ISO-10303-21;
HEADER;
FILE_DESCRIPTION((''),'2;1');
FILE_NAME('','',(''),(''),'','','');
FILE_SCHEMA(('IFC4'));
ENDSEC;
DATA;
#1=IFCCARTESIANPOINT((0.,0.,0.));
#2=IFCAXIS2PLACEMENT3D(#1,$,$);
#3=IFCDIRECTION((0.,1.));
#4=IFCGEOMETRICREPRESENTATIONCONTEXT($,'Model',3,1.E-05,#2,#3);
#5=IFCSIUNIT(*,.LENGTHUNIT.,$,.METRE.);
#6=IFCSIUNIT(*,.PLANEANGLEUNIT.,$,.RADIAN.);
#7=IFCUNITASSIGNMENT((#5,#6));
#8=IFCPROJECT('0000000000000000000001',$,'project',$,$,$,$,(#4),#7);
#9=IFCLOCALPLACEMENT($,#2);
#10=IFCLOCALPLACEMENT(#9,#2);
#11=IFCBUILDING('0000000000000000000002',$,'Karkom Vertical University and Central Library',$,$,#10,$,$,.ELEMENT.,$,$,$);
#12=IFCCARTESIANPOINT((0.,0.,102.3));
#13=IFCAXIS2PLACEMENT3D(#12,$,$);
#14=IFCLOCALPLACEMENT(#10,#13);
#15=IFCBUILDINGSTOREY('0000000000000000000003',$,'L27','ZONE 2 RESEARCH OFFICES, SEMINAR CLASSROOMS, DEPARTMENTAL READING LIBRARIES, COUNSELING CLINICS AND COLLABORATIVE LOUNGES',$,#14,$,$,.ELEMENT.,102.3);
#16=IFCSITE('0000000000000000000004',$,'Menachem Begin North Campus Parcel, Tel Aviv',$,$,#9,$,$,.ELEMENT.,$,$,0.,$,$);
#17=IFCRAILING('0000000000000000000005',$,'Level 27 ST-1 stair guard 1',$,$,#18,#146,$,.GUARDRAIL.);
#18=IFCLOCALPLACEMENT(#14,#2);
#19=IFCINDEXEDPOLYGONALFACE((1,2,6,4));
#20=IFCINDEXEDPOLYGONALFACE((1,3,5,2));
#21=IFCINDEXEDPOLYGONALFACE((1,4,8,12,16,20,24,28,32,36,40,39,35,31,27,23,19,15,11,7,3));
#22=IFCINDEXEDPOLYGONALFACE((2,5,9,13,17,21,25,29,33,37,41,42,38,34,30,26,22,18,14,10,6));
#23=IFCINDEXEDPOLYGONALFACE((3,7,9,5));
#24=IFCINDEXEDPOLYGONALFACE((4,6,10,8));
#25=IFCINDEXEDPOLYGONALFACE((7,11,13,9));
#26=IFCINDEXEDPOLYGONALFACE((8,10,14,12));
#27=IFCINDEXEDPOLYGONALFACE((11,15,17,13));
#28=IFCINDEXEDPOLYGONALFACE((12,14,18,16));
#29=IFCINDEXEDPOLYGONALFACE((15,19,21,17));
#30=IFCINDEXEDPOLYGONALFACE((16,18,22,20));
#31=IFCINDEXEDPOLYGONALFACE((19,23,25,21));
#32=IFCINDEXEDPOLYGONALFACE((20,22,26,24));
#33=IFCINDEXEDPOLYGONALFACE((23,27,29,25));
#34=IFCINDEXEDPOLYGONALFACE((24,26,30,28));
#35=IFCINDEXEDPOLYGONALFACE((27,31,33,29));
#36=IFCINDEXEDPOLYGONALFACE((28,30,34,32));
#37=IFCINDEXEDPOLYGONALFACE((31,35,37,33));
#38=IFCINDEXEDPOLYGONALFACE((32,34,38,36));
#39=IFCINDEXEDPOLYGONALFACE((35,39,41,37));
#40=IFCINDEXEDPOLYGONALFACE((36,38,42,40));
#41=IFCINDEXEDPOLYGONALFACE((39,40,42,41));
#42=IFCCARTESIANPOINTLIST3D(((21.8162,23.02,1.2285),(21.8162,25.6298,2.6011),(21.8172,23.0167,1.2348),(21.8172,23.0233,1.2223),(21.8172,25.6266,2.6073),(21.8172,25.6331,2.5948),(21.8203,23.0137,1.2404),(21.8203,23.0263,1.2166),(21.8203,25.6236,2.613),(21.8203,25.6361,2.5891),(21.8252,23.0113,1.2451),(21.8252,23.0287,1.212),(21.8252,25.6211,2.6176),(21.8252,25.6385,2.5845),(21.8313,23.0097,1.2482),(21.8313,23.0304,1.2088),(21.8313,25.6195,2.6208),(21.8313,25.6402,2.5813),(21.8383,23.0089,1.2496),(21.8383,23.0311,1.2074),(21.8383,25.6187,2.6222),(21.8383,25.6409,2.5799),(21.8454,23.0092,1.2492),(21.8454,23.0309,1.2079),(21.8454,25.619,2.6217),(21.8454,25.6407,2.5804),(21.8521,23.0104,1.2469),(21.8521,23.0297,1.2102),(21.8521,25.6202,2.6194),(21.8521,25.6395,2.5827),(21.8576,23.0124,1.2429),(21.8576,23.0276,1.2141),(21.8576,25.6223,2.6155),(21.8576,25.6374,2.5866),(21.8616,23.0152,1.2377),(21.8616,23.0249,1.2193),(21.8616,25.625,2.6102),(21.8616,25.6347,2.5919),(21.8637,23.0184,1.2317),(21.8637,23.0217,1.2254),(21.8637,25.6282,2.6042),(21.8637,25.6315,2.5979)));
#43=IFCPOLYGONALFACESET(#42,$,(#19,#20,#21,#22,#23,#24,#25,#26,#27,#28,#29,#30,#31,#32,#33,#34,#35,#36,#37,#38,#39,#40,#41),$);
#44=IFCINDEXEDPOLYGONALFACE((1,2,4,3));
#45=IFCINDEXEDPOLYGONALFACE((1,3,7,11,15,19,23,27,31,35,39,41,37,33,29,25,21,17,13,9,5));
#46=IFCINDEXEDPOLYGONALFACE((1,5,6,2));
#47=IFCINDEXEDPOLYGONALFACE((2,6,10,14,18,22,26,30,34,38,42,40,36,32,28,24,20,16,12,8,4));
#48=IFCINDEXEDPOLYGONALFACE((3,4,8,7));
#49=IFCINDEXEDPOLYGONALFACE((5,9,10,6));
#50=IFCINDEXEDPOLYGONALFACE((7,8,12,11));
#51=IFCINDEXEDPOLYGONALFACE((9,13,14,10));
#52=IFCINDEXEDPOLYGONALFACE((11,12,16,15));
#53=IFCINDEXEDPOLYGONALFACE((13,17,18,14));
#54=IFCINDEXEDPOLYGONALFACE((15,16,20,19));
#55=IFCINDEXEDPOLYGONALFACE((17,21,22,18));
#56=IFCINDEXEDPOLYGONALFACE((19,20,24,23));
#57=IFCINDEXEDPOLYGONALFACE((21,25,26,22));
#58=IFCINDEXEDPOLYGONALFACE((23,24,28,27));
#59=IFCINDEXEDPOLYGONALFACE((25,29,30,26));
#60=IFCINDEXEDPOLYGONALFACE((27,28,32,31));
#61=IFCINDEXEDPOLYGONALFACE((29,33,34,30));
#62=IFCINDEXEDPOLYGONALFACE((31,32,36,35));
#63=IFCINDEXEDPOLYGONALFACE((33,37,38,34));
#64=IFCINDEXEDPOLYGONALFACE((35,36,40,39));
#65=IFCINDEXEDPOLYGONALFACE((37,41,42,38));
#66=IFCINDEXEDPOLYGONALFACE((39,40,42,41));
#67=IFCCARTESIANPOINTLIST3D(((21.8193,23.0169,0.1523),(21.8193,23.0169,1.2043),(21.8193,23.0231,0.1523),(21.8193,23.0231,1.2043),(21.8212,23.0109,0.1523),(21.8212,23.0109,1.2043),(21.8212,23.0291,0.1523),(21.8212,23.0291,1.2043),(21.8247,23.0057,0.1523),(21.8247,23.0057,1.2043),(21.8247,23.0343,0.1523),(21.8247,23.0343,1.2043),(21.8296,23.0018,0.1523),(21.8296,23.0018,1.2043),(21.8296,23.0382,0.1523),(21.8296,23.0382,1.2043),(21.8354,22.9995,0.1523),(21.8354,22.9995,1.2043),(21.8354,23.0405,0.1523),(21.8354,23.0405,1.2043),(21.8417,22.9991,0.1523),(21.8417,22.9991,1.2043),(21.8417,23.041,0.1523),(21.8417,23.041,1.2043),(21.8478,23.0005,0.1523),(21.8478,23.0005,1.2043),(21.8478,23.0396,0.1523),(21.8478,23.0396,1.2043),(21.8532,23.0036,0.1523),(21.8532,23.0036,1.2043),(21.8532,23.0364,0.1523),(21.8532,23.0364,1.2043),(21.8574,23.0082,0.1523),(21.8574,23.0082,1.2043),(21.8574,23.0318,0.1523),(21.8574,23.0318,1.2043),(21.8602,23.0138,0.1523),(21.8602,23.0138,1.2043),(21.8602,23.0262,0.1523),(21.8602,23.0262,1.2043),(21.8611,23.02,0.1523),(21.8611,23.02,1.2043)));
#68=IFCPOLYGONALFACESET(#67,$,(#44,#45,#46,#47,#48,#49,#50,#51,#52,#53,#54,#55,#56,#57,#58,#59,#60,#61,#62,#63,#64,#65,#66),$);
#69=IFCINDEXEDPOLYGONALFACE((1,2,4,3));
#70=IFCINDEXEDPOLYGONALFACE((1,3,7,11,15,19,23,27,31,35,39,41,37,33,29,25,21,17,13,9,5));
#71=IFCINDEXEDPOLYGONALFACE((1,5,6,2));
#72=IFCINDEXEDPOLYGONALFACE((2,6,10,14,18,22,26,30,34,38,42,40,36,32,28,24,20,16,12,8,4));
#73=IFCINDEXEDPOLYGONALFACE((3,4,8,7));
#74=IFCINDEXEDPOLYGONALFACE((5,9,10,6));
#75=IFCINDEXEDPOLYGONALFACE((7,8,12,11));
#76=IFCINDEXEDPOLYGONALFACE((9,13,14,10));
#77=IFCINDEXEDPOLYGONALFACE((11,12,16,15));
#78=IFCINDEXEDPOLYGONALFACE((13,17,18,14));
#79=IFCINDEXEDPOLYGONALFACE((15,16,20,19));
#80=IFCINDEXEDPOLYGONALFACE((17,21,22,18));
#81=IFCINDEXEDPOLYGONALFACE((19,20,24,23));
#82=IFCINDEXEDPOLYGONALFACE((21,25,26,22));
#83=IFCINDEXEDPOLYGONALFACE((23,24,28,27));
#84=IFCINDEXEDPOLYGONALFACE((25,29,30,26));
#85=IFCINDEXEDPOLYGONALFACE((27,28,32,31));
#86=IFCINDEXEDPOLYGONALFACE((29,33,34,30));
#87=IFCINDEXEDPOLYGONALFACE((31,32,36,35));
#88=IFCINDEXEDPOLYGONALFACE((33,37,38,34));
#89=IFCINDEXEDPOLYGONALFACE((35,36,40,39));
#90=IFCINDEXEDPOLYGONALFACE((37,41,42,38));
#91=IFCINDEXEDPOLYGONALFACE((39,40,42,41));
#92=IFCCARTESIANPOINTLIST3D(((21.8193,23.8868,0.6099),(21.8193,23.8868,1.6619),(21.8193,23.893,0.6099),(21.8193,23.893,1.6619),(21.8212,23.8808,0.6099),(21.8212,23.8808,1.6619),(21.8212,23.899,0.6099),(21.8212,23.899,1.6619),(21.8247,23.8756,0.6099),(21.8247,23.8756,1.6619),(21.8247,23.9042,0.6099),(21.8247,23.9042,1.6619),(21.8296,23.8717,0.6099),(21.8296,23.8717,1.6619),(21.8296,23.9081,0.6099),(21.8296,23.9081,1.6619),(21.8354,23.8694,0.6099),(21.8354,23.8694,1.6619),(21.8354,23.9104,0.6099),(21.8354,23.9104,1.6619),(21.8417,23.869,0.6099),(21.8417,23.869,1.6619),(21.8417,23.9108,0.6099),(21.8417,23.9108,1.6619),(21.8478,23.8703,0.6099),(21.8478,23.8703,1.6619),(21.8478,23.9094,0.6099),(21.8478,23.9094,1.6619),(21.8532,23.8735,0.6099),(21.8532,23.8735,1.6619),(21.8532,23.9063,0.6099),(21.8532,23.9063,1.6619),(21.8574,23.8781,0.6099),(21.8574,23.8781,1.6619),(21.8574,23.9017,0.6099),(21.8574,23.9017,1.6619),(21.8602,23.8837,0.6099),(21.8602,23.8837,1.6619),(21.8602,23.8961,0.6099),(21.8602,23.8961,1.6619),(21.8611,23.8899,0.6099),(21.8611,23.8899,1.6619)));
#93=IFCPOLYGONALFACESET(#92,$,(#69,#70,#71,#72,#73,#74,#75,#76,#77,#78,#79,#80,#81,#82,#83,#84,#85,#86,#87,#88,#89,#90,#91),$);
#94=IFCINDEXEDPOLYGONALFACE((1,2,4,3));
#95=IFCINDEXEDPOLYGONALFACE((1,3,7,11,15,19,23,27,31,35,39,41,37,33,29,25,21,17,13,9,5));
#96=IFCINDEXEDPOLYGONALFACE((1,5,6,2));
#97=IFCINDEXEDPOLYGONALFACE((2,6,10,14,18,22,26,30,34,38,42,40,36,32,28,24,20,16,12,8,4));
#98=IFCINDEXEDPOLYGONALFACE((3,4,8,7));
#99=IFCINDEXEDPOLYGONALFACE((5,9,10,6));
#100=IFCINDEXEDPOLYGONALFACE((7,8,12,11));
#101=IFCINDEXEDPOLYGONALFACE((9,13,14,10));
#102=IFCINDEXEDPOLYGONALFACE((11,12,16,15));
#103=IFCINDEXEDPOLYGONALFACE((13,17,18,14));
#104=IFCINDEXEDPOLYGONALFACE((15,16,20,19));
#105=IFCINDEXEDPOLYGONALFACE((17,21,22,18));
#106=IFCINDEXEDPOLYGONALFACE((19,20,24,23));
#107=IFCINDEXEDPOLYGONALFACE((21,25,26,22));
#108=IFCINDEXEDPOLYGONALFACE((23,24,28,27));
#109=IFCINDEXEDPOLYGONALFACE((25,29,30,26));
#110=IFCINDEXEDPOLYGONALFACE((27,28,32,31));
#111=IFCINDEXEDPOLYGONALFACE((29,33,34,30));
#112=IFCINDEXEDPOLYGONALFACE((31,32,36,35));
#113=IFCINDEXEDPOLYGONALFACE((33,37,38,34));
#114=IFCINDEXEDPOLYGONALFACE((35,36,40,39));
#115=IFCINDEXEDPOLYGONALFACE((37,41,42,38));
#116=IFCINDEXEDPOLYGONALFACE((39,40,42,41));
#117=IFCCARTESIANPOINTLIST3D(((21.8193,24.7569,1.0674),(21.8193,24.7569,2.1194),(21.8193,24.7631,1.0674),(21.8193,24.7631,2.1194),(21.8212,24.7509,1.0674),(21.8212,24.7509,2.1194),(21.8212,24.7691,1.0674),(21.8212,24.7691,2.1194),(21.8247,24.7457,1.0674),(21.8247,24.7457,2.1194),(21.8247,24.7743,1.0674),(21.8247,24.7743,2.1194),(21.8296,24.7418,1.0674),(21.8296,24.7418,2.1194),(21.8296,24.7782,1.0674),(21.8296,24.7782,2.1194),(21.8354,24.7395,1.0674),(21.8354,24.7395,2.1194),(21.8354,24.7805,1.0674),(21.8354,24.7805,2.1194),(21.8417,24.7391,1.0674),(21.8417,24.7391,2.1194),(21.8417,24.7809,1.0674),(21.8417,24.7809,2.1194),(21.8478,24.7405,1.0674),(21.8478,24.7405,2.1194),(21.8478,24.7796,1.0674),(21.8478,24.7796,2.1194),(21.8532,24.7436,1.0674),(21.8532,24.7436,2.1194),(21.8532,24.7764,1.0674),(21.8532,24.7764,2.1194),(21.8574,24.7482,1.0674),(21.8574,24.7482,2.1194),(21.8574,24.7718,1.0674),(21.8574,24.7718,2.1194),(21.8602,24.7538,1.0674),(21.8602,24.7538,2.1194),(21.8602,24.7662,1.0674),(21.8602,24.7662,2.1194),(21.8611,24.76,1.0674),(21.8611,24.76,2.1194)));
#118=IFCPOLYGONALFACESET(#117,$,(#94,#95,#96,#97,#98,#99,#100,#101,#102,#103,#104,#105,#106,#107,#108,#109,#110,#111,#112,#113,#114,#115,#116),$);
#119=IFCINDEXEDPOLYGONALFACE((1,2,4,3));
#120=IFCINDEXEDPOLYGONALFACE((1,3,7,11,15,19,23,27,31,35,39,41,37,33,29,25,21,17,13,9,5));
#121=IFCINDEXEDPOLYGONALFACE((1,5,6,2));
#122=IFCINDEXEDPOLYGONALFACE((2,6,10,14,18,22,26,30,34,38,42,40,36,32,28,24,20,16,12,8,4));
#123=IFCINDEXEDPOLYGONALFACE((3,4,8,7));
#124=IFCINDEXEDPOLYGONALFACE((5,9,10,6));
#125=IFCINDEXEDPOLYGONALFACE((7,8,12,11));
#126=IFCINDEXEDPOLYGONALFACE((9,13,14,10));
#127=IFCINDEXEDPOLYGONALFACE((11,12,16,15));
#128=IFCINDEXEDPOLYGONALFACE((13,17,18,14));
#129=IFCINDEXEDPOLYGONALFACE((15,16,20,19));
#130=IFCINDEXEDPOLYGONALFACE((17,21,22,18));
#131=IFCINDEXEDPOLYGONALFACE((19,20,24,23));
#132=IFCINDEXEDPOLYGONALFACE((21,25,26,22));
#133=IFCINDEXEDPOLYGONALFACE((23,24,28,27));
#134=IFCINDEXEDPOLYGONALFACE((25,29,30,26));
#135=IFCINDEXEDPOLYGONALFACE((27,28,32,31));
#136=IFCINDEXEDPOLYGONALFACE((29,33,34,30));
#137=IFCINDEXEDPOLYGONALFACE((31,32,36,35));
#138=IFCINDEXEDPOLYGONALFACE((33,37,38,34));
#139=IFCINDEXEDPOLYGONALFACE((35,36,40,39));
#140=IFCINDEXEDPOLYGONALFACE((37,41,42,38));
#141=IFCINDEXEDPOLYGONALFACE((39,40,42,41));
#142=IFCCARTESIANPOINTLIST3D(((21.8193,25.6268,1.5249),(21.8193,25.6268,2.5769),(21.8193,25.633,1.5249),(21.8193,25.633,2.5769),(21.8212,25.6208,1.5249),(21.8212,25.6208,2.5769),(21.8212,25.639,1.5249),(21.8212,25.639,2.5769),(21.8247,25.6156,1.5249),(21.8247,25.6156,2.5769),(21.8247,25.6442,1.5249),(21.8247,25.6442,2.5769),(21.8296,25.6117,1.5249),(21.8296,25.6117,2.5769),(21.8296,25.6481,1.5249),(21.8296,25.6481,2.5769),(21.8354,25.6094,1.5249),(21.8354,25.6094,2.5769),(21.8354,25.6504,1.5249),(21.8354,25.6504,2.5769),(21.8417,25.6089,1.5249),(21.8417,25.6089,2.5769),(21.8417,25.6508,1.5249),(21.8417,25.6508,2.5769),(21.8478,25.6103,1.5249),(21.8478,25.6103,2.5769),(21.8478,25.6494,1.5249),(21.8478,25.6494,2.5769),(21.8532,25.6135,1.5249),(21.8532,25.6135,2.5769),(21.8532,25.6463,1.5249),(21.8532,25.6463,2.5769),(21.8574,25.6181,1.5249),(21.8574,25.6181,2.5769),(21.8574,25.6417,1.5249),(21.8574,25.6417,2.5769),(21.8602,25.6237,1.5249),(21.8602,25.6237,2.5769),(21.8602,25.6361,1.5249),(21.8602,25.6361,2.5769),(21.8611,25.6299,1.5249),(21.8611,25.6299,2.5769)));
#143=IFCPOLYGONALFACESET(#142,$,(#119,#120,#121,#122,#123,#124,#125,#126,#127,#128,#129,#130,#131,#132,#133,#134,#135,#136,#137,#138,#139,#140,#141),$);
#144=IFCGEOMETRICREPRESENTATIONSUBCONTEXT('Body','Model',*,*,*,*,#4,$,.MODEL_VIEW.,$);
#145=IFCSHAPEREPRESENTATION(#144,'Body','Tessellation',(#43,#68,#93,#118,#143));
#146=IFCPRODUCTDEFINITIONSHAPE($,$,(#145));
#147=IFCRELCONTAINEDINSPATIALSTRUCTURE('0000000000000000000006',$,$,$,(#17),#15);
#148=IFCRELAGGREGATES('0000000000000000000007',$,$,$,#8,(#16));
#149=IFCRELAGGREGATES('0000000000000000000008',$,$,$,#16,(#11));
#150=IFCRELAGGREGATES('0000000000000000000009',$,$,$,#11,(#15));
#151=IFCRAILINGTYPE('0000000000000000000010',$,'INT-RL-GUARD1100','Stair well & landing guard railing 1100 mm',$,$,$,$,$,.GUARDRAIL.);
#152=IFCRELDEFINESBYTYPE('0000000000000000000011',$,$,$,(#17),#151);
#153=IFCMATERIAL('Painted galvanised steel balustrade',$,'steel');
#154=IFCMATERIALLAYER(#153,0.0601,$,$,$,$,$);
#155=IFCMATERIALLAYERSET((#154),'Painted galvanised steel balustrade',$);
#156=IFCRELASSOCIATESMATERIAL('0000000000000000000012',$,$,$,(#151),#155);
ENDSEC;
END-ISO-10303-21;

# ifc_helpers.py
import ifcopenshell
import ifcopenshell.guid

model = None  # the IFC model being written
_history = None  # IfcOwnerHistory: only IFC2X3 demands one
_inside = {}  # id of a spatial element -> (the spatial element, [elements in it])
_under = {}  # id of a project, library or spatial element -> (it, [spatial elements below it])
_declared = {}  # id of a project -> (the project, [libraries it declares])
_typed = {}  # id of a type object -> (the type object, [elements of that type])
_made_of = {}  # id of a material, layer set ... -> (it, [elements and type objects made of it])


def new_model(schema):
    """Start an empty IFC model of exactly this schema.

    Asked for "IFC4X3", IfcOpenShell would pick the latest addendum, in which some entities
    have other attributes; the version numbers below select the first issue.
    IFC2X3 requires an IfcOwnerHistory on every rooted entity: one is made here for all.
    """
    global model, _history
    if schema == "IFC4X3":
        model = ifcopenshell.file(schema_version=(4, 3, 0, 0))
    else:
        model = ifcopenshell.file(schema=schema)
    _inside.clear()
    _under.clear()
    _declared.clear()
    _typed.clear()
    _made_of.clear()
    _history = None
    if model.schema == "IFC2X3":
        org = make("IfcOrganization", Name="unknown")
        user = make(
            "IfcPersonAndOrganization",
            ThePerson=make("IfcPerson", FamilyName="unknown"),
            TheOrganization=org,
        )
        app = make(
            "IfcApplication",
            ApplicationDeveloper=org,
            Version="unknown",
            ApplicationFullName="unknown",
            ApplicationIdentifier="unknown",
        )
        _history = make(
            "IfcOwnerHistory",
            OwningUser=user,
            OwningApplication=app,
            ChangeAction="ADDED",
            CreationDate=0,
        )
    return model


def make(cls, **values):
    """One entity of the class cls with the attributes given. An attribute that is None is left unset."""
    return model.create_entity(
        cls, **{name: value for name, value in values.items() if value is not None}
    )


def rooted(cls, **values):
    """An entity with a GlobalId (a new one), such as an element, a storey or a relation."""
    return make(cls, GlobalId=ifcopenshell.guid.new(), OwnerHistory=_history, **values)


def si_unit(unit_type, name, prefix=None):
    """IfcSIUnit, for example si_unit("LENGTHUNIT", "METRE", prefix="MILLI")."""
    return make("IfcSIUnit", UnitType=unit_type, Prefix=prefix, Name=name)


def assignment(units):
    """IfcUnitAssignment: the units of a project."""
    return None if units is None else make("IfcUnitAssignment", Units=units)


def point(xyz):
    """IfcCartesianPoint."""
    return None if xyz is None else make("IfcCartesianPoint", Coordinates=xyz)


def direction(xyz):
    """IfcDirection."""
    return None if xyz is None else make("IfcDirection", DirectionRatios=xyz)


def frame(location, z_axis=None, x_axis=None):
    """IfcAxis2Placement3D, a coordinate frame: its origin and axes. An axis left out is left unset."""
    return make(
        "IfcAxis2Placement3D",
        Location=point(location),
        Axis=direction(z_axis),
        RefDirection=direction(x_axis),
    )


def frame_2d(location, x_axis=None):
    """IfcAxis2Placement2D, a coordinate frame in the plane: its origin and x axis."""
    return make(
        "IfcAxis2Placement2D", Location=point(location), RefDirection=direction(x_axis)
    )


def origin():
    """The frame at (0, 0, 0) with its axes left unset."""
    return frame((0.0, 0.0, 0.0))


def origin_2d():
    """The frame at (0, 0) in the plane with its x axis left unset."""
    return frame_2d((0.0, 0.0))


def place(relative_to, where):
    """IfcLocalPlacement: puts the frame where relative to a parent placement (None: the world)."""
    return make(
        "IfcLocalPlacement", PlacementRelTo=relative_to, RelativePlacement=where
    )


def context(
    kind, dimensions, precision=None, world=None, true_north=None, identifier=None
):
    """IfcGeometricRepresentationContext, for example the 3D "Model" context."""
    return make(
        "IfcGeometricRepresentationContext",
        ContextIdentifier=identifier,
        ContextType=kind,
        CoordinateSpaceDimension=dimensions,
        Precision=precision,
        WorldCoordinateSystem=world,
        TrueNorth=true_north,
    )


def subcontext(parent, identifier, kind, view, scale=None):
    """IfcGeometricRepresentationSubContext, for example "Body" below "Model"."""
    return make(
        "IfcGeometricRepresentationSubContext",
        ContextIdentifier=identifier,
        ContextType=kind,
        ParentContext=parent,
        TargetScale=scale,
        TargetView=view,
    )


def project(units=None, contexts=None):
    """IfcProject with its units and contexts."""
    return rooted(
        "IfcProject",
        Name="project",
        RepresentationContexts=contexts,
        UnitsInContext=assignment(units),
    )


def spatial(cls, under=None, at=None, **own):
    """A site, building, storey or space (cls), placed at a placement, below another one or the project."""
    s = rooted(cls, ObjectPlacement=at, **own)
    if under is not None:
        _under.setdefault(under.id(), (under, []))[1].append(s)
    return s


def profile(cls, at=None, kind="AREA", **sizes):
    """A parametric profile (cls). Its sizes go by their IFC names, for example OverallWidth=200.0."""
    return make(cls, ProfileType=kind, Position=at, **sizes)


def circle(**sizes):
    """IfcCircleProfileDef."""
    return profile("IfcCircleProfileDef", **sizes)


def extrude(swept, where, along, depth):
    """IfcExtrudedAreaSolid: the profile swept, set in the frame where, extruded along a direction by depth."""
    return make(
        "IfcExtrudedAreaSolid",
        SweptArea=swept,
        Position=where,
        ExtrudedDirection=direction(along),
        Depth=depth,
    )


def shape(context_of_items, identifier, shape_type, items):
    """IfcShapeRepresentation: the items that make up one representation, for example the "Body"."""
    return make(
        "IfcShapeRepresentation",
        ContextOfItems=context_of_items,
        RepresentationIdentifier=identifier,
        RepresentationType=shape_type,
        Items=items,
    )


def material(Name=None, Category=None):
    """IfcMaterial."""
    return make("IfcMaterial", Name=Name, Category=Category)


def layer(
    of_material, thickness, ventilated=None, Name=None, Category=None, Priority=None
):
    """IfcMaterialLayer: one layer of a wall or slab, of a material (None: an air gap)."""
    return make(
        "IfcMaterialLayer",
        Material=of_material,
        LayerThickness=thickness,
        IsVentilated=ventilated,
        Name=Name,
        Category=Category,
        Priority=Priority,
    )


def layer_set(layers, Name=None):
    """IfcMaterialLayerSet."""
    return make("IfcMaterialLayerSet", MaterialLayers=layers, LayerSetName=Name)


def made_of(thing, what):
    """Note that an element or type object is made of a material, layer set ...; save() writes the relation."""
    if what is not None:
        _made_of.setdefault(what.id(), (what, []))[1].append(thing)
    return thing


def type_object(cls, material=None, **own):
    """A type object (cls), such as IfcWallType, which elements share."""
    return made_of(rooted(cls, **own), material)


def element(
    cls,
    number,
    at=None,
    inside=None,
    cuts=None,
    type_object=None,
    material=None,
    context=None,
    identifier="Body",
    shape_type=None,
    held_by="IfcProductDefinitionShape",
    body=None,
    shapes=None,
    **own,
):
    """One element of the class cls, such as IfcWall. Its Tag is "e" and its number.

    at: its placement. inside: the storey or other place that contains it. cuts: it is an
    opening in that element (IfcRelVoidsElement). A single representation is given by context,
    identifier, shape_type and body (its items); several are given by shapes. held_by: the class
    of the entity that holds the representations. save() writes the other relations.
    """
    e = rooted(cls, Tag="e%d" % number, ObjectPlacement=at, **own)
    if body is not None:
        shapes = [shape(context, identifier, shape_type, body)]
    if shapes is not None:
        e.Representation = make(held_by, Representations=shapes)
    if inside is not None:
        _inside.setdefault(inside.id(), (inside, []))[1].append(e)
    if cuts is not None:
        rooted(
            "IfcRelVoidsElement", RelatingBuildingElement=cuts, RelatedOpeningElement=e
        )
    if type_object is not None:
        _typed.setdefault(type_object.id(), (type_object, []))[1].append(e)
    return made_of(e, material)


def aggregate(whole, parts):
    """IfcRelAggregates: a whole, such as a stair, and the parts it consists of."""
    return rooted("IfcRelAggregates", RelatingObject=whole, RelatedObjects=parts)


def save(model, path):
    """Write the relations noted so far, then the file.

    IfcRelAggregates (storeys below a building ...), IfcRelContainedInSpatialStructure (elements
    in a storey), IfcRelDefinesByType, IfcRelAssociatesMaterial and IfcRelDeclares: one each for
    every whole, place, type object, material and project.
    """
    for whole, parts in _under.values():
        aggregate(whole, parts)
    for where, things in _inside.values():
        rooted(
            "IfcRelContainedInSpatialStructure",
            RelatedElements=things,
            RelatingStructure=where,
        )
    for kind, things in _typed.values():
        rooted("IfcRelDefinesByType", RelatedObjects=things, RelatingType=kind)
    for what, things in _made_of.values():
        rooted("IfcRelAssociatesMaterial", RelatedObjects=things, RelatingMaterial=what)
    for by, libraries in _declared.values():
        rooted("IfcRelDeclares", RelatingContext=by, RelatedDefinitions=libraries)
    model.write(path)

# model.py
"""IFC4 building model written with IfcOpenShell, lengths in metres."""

from ifc_helpers import new_model, si_unit, direction, frame, origin, origin_2d, place, context, subcontext, project, spatial, circle, extrude, material, layer, layer_set, type_object, element, save


model = new_model("IFC4")

# Units and contexts
model_context = context("Model", 3, precision=1e-05, world=origin(), true_north=direction((0.0, 1.0)))
body_context = subcontext(model_context, "Body", "Model", "MODEL_VIEW")
ifc_project = project(units=[si_unit("LENGTHUNIT", "METRE"), si_unit("PLANEANGLEUNIT", "RADIAN")], contexts=[model_context])

# Site, building, storey
site_placement = place(None, origin())
site = spatial("IfcSite", under=ifc_project, at=site_placement, Name="Menachem Begin North Campus Parcel, Tel Aviv", CompositionType="ELEMENT", RefElevation=0.0)
building_placement = place(site_placement, origin())
building = spatial("IfcBuilding", under=site, at=building_placement, Name="Karkom Vertical University and Central Library", CompositionType="ELEMENT")
storey_placement = place(building_placement, frame((0.0, 0.0, 102.3)))
storey = spatial("IfcBuildingStorey", under=building, at=storey_placement, Name="L27", Description="ZONE 2 RESEARCH OFFICES, SEMINAR CLASSROOMS, DEPARTMENTAL READING LIBRARIES, COUNSELING CLINICS AND COLLABORATIVE LOUNGES", CompositionType="ELEMENT", Elevation=102.3)

# Railing
ifc_material_1 = material(Name="Painted galvanised steel balustrade", Category="steel")
ifc_layer_1 = layer(ifc_material_1, 0.0601)
ifc_layer_set_1 = layer_set([ifc_layer_1], Name="Painted galvanised steel balustrade")
railing_type = type_object("IfcRailingType", Name="INT-RL-GUARD1100", Description="Stair well & landing guard railing 1100 mm", PredefinedType="GUARDRAIL", material=ifc_layer_set_1)
railing_1_placement = place(storey_placement, frame((21.8401, 23.02, 0.1523)))
element("IfcRailing", 1, at=railing_1_placement, inside=storey, type_object=railing_type, Name="Level 27 ST-1 stair guard 1", PredefinedType="GUARDRAIL", context=body_context, shape_type="SweptSolid", body=[
    extrude(circle(Radius=0.0239, at=origin_2d()), frame((0.0, 0.0, 1.0762), z_axis=(0.0, 0.885065, 0.465467), x_axis=(-1.0, 0.0, 0.0)), (0.0, 0.0, 1.0), 2.9487),
    extrude(circle(Radius=0.021, at=origin_2d()), origin(), (0.0, 0.0, 1.0), 1.052),
    extrude(circle(Radius=0.021, at=origin_2d()), frame((0.0, 0.8699, 0.4575)), (0.0, 0.0, 1.0), 1.052),
    extrude(circle(Radius=0.021, at=origin_2d()), frame((0.0, 1.74, 0.915)), (0.0, 0.0, 1.0), 1.052),
    extrude(circle(Radius=0.021, at=origin_2d()), frame((0.0, 2.6099, 1.3726)), (0.0, 0.0, 1.0), 1.052),
])

save(model, "model.ifc")
